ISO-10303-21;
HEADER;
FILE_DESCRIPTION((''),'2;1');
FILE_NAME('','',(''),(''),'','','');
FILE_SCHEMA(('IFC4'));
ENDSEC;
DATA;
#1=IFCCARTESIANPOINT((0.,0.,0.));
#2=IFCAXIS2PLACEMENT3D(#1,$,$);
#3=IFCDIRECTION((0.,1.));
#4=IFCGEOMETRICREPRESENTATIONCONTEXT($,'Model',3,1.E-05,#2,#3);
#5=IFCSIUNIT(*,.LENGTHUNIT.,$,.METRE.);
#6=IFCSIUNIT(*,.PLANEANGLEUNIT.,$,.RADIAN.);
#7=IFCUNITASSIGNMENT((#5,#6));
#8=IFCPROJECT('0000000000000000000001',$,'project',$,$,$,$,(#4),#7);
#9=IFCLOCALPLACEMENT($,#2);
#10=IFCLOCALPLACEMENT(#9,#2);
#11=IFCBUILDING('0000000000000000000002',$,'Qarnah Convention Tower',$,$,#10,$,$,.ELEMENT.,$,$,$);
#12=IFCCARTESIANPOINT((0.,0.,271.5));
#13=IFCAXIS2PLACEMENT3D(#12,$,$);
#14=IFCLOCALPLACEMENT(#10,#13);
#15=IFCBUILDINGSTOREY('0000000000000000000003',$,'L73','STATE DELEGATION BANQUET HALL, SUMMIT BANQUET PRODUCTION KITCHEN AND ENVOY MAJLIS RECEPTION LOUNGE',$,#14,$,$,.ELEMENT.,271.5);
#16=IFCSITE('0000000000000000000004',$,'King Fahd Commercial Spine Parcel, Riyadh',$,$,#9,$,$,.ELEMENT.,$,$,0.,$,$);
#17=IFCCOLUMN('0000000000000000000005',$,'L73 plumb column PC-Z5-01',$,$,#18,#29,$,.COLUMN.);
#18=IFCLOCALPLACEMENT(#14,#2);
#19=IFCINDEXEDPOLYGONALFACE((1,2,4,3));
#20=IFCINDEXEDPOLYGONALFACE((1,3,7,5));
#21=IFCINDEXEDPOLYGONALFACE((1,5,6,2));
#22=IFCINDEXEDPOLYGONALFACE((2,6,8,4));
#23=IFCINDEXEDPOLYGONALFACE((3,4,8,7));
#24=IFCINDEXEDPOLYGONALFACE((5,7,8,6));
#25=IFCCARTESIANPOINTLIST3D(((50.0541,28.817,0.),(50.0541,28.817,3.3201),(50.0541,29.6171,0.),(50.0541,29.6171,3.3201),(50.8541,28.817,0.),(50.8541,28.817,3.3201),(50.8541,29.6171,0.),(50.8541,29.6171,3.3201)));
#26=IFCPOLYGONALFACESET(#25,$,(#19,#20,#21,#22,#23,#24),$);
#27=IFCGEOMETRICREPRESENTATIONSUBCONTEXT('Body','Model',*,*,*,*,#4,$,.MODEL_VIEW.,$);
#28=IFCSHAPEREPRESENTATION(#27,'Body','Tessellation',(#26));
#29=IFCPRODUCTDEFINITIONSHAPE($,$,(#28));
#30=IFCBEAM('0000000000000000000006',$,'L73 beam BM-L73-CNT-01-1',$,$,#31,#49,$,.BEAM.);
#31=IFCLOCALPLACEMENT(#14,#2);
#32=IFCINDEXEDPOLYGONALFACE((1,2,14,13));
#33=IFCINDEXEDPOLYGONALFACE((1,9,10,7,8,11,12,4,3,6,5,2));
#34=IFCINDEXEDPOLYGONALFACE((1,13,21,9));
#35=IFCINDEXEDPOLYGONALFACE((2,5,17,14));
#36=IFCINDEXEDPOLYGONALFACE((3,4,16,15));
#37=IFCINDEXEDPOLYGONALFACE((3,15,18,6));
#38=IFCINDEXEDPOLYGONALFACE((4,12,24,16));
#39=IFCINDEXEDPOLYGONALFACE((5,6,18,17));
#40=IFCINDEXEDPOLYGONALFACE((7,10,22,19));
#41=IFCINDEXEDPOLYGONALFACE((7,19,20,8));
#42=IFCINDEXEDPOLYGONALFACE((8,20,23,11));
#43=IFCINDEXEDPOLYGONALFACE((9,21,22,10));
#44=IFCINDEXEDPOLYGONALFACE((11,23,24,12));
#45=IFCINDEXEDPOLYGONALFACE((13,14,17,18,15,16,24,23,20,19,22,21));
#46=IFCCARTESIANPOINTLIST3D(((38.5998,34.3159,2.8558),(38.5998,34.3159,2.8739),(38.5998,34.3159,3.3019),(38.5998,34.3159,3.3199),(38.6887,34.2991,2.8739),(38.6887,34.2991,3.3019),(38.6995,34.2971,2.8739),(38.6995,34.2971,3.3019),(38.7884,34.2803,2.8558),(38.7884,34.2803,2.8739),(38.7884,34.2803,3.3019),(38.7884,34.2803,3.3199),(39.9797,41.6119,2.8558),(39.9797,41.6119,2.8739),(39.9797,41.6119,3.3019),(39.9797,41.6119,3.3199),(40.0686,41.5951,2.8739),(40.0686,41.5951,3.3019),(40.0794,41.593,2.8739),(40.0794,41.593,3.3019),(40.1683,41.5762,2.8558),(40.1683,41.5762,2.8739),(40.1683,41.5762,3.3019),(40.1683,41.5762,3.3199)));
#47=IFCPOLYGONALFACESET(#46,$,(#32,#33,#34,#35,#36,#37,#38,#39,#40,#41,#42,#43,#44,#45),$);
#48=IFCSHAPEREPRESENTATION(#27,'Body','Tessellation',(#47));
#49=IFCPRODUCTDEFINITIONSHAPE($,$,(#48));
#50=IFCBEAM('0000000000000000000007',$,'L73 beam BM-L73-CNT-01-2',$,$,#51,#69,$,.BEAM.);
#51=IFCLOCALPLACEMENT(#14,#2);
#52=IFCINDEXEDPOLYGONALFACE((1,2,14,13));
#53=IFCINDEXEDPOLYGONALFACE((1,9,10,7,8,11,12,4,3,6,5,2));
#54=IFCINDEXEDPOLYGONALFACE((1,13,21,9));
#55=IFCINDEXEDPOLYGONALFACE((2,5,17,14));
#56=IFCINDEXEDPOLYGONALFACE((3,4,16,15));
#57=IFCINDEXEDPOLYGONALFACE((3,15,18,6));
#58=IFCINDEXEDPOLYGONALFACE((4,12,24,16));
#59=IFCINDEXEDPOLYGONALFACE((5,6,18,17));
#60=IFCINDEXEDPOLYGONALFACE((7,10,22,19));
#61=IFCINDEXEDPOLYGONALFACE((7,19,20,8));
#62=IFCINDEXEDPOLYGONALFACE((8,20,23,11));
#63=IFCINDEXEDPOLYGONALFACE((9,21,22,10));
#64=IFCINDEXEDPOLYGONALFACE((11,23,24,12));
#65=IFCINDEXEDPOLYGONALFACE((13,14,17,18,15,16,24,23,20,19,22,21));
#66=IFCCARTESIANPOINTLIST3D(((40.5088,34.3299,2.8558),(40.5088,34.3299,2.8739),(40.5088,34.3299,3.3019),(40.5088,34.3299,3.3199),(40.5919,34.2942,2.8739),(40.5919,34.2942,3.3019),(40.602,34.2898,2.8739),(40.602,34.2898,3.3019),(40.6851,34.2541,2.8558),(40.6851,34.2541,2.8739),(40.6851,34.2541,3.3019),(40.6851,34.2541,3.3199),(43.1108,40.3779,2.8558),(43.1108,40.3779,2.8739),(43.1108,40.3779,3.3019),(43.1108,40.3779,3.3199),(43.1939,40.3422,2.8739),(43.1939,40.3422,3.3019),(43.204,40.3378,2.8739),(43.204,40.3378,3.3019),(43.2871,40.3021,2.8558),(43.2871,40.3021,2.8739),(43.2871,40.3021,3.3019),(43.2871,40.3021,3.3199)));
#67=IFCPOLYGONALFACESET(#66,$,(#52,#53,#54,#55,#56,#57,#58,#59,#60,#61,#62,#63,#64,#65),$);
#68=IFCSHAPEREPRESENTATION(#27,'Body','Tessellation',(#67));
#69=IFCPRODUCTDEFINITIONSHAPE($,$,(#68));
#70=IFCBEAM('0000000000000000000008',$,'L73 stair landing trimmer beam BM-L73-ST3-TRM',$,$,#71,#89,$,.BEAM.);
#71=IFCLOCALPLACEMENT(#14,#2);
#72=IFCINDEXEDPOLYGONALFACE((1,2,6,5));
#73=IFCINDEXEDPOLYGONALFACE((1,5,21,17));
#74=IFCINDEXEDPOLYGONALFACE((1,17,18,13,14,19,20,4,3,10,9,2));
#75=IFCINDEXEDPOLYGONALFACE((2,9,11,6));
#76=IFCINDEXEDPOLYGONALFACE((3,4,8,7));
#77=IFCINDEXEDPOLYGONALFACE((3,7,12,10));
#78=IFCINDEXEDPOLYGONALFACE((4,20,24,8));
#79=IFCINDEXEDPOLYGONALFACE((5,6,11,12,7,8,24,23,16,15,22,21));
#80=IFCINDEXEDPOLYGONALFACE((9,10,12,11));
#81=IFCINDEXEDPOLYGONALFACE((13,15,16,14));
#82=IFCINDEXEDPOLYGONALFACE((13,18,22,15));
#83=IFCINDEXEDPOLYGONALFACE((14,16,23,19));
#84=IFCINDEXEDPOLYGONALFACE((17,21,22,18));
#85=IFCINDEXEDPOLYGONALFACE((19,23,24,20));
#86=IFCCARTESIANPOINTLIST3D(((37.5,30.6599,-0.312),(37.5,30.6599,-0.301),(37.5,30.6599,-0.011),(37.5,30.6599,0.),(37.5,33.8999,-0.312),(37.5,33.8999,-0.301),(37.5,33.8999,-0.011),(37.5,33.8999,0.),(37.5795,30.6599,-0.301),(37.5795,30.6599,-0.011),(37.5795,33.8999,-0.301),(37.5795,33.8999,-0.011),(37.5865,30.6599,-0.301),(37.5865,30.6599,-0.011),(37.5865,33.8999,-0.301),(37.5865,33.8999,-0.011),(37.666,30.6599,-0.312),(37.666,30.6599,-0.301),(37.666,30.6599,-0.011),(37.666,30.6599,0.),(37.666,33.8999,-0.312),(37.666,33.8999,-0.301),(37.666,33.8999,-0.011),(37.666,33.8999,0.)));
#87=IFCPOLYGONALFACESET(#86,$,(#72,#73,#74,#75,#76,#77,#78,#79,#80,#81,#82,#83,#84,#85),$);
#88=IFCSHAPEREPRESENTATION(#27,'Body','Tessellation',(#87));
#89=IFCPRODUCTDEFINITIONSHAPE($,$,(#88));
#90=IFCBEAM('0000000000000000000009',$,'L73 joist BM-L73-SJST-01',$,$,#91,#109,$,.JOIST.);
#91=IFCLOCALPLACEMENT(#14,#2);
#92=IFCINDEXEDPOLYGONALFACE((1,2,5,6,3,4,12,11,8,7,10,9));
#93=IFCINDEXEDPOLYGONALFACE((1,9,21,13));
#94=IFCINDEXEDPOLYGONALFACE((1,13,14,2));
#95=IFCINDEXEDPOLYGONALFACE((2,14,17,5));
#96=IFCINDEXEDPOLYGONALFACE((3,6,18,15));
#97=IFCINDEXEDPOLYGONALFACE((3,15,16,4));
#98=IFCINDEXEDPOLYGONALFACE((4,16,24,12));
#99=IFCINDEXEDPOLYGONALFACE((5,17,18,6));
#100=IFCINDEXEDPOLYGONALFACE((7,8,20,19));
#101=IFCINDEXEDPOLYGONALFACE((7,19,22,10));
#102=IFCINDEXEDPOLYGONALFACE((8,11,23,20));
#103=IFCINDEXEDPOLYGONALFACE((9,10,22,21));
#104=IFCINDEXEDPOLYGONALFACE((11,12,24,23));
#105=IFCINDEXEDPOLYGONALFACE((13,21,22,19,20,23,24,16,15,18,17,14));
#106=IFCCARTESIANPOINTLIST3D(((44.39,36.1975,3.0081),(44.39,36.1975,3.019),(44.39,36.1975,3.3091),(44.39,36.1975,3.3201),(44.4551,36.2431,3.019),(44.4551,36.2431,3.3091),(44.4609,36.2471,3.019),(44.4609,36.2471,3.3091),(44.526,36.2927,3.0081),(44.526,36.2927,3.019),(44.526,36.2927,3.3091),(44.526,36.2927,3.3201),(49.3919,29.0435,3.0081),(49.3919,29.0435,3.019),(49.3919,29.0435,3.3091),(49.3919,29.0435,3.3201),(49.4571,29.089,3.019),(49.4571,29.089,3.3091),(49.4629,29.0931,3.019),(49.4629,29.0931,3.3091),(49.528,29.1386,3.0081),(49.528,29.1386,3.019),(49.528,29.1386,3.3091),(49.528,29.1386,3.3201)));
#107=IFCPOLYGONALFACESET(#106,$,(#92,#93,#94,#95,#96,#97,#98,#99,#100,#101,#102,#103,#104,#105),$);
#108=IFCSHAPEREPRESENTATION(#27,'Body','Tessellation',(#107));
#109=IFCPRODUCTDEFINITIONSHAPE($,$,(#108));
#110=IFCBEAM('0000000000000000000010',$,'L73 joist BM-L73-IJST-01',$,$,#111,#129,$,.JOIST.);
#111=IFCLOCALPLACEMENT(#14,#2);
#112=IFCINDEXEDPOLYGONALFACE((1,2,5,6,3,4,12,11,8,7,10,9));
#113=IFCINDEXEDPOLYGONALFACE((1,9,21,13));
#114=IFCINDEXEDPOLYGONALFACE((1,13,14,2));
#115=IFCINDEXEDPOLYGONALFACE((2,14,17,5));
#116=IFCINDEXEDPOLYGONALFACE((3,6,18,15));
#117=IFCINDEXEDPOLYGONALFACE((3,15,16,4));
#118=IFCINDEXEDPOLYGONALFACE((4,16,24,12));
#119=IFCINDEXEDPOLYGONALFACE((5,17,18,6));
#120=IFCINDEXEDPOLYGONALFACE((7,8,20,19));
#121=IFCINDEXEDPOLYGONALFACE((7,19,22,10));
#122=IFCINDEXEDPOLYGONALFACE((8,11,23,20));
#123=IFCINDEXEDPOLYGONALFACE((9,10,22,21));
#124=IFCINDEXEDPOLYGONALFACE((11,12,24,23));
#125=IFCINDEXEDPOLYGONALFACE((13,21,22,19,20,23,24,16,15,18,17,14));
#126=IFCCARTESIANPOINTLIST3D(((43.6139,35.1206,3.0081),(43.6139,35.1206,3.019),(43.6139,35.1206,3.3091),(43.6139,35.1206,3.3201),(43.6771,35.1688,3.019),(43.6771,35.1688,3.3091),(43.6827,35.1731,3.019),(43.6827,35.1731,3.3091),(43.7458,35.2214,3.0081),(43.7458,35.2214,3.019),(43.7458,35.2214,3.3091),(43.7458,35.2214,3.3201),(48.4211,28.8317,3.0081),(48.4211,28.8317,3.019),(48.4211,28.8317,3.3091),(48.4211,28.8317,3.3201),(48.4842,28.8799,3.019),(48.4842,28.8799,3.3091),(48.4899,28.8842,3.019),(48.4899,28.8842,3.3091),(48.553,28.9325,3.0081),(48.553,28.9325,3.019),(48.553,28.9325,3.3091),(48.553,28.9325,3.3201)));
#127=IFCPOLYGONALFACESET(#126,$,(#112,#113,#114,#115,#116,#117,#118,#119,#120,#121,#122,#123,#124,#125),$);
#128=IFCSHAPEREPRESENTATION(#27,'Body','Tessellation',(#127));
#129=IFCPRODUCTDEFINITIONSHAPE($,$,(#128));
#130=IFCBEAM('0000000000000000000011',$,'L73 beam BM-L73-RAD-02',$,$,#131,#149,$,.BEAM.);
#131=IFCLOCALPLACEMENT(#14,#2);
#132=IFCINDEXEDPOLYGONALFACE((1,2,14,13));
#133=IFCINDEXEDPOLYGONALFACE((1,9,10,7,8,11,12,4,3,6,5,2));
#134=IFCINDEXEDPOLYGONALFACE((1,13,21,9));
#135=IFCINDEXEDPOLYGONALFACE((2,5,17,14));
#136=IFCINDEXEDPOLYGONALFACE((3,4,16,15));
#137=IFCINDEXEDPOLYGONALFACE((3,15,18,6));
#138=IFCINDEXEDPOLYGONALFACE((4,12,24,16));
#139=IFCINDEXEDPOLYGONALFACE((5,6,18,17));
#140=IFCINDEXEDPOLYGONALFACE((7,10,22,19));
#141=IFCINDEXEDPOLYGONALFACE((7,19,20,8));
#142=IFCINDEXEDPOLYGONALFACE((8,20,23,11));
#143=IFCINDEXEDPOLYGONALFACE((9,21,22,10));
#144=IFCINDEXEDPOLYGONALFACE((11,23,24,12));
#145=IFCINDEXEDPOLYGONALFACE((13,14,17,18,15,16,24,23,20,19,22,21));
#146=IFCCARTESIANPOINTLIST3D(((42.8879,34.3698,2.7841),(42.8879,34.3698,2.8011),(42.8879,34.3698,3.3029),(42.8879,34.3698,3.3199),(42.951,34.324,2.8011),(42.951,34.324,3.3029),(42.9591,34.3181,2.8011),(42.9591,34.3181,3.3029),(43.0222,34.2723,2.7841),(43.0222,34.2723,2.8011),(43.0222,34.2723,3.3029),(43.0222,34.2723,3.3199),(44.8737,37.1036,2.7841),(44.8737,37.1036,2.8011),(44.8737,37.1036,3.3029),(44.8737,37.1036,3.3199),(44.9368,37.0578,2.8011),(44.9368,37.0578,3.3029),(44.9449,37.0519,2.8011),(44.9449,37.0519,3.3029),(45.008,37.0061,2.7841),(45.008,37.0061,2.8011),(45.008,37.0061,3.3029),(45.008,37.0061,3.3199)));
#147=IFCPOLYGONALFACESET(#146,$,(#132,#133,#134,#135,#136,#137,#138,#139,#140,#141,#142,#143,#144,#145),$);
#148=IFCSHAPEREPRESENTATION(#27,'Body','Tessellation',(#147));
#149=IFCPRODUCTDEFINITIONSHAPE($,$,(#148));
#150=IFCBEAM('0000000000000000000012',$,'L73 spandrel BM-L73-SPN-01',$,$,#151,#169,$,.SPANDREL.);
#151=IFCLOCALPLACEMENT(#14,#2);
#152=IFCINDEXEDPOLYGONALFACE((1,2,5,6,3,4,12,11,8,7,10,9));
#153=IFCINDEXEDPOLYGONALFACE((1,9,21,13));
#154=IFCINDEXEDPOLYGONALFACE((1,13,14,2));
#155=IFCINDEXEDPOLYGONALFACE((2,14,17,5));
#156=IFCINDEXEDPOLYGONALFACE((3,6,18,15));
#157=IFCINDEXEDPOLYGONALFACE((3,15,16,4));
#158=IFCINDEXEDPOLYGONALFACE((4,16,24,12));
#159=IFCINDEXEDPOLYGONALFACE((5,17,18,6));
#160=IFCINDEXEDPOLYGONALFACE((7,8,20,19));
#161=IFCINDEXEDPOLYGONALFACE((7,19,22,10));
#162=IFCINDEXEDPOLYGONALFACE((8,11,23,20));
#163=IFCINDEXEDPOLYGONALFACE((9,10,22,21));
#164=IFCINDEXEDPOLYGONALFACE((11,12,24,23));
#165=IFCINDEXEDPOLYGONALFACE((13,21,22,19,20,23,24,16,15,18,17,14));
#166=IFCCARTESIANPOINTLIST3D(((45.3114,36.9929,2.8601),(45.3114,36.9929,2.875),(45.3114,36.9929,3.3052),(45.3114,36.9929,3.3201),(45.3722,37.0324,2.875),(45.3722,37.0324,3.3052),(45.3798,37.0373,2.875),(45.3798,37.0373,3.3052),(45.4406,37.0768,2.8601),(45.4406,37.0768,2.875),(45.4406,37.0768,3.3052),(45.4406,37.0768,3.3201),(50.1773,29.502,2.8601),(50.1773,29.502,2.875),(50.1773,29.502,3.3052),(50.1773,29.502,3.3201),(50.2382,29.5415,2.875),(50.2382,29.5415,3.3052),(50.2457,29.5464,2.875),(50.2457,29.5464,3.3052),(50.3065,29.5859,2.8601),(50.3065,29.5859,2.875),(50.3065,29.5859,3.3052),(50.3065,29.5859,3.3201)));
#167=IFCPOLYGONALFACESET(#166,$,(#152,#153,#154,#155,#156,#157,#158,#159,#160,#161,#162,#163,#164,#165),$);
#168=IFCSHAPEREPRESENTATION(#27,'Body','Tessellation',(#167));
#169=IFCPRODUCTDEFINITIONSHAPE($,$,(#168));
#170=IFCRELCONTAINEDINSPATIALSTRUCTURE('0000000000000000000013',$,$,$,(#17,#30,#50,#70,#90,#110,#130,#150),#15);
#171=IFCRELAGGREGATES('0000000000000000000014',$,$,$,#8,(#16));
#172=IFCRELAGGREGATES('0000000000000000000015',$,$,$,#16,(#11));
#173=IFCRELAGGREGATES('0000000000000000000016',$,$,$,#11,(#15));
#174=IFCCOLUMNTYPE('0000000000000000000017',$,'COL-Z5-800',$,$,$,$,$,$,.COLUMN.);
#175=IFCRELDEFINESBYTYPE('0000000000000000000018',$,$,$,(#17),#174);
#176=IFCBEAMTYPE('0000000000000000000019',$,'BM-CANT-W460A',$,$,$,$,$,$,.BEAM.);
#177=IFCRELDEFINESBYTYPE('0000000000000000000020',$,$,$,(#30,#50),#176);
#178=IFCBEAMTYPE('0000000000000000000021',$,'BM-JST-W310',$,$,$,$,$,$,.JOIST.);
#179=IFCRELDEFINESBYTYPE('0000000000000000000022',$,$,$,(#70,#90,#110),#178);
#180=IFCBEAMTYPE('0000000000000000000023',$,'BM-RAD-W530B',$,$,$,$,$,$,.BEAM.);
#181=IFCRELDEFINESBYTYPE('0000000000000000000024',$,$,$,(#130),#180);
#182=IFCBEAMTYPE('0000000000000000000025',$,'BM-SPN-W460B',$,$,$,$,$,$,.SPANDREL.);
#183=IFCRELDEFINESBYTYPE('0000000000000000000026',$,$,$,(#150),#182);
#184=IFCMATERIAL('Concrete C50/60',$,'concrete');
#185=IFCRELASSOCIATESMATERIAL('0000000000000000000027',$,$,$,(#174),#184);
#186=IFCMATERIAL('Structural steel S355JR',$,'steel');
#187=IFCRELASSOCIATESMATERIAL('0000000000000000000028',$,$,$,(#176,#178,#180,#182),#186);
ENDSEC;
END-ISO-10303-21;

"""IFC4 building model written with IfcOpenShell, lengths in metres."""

from ifc_helpers import new_model, si_unit, direction, frame, origin, origin_2d, place, context, subcontext, project, spatial, rectangle, i_section, extrude, material, material_profile, profile_set, type_object, element, save


model = new_model("IFC4")

# Units and contexts
model_context = context("Model", 3, precision=1e-05, world=origin(), true_north=direction((0.0, 1.0)))
body_context = subcontext(model_context, "Body", "Model", "MODEL_VIEW")
ifc_project = project(units=[si_unit("LENGTHUNIT", "METRE"), si_unit("PLANEANGLEUNIT", "RADIAN")], contexts=[model_context])

# Site, building, storey
site_placement = place(None, origin())
site = spatial("IfcSite", under=ifc_project, at=site_placement, Name="King Fahd Commercial Spine Parcel, Riyadh", CompositionType="ELEMENT", RefElevation=0.0)
building_placement = place(site_placement, origin())
building = spatial("IfcBuilding", under=site, at=building_placement, Name="Qarnah Convention Tower", CompositionType="ELEMENT")
storey_placement = place(building_placement, frame((0.0, 0.0, 271.5)))
storey = spatial("IfcBuildingStorey", under=building, at=storey_placement, Name="L73", Description="STATE DELEGATION BANQUET HALL, SUMMIT BANQUET PRODUCTION KITCHEN AND ENVOY MAJLIS RECEPTION LOUNGE", CompositionType="ELEMENT", Elevation=271.5)

# Column
ifc_material_1 = material(Name="Concrete C50/60", Category="concrete")
ifc_material_profile_1 = material_profile(ifc_material_1, rectangle(XDim=0.8, YDim=0.8, at=origin_2d()), Name="RC-COL-800X800")
ifc_profile_set_1 = profile_set([ifc_material_profile_1], Name="Concrete C50/60")
column_type = type_object("IfcColumnType", Name="COL-Z5-800", PredefinedType="COLUMN", material=ifc_profile_set_1)
column_placement = place(storey_placement, frame((50.4541, 29.217, 0.0), z_axis=(0.0, 0.0, 1.0), x_axis=(1.0, 0.0, 0.0)))
element("IfcColumn", 1, at=column_placement, inside=storey, type_object=column_type, Name="L73 plumb column PC-Z5-01", PredefinedType="COLUMN", context=body_context, shape_type="SweptSolid", body=[
    extrude(rectangle(XDim=0.8, YDim=0.8, at=origin_2d()), origin(), (0.0, 0.0, 1.0), 3.3201),
])

# Beams
ifc_material_2 = material(Name="Structural steel S355JR", Category="steel")
ifc_material_profile_2 = material_profile(ifc_material_2, i_section(OverallWidth=0.1919, OverallDepth=0.4641, WebThickness=0.011, FlangeThickness=0.0181, at=origin_2d()), Name="W460X89")
ifc_profile_set_2 = profile_set([ifc_material_profile_2], Name="Structural steel S355JR")
beam_type_1 = type_object("IfcBeamType", Name="BM-CANT-W460A", PredefinedType="BEAM", material=ifc_profile_set_2)
beam_1_placement = place(storey_placement, frame((38.6941, 34.2981, 3.0879), z_axis=(0.185837, 0.982581, 0.0), x_axis=(-0.982581, 0.185837, 0.0)))
element("IfcBeam", 2, at=beam_1_placement, inside=storey, type_object=beam_type_1, Name="L73 beam BM-L73-CNT-01-1", PredefinedType="BEAM", context=body_context, shape_type="SweptSolid", body=[
    extrude(i_section(OverallWidth=0.1919, OverallDepth=0.4641, WebThickness=0.011, FlangeThickness=0.0181, at=origin_2d()), origin(), (0.0, 0.0, 1.0), 7.4253),
])
beam_2_placement = place(storey_placement, frame((40.5969, 34.292, 3.0879), z_axis=(0.395203, 0.918594, 0.0), x_axis=(-0.918594, 0.395203, 0.0)))
element("IfcBeam", 3, at=beam_2_placement, inside=storey, type_object=beam_type_1, Name="L73 beam BM-L73-CNT-01-2", PredefinedType="BEAM", context=body_context, shape_type="SweptSolid", body=[
    extrude(i_section(OverallWidth=0.1919, OverallDepth=0.4641, WebThickness=0.011, FlangeThickness=0.0181, at=origin_2d()), origin(), (0.0, 0.0, 1.0), 6.584),
])
ifc_material_profile_3 = material_profile(ifc_material_2, i_section(OverallWidth=0.166, OverallDepth=0.312, WebThickness=0.0071, FlangeThickness=0.011, at=origin_2d()), Name="W310X45")
ifc_profile_set_3 = profile_set([ifc_material_profile_3], Name="Structural steel S355JR")
beam_type_2 = type_object("IfcBeamType", Name="BM-JST-W310", PredefinedType="JOIST", material=ifc_profile_set_3)
beam_3_placement = place(storey_placement, frame((37.583, 30.6599, -0.156), z_axis=(0.0, 1.0, 0.0), x_axis=(-1.0, 0.0, 0.0)))
element("IfcBeam", 4, at=beam_3_placement, inside=storey, type_object=beam_type_2, Name="L73 stair landing trimmer beam BM-L73-ST3-TRM", PredefinedType="BEAM", context=body_context, shape_type="SweptSolid", body=[
    extrude(i_section(OverallWidth=0.166, OverallDepth=0.312, WebThickness=0.0071, FlangeThickness=0.011, at=origin_2d()), origin(), (0.0, 0.0, 1.0), 3.24),
])
beam_4_placement = place(storey_placement, frame((49.46, 29.0911, 3.1641), z_axis=(-0.57301, 0.819548, 0.0), x_axis=(-0.819548, -0.57301, 0.0)))
element("IfcBeam", 5, at=beam_4_placement, inside=storey, type_object=beam_type_2, Name="L73 joist BM-L73-SJST-01", PredefinedType="JOIST", context=body_context, shape_type="SweptSolid", body=[
    extrude(i_section(OverallWidth=0.166, OverallDepth=0.312, WebThickness=0.0071, FlangeThickness=0.011, at=origin_2d()), origin(), (0.0, 0.0, 1.0), 8.7292),
])
beam_5_placement = place(storey_placement, frame((48.4871, 28.8821, 3.1641), z_axis=(-0.607293, 0.794478, 0.0), x_axis=(-0.794478, -0.607293, 0.0)))
element("IfcBeam", 6, at=beam_5_placement, inside=storey, type_object=beam_type_2, Name="L73 joist BM-L73-IJST-01", PredefinedType="JOIST", context=body_context, shape_type="SweptSolid", body=[
    extrude(i_section(OverallWidth=0.166, OverallDepth=0.312, WebThickness=0.0071, FlangeThickness=0.011, at=origin_2d()), origin(), (0.0, 0.0, 1.0), 7.9158),
])
ifc_material_profile_4 = material_profile(ifc_material_2, i_section(OverallWidth=0.166, OverallDepth=0.5359, WebThickness=0.01, FlangeThickness=0.0171, at=origin_2d()), Name="W530X85")
ifc_profile_set_4 = profile_set([ifc_material_profile_4], Name="Structural steel S355JR")
beam_type_3 = type_object("IfcBeamType", Name="BM-RAD-W530B", PredefinedType="BEAM", material=ifc_profile_set_4)
beam_6_placement = place(storey_placement, frame((42.9551, 34.321, 3.052), z_axis=(0.587699, 0.80908, 0.0), x_axis=(-0.80908, 0.587699, 0.0)))
element("IfcBeam", 7, at=beam_6_placement, inside=storey, type_object=beam_type_3, Name="L73 beam BM-L73-RAD-02", PredefinedType="BEAM", context=body_context, shape_type="SweptSolid", body=[
    extrude(i_section(OverallWidth=0.166, OverallDepth=0.5359, WebThickness=0.01, FlangeThickness=0.0171, at=origin_2d()), origin(), (0.0, 0.0, 1.0), 3.3789),
])
ifc_material_profile_5 = material_profile(ifc_material_2, i_section(OverallWidth=0.1541, OverallDepth=0.46, WebThickness=0.009, FlangeThickness=0.0149, at=origin_2d()), Name="W460X68")
ifc_profile_set_5 = profile_set([ifc_material_profile_5], Name="Structural steel S355JR")
beam_type_4 = type_object("IfcBeamType", Name="BM-SPN-W460B", PredefinedType="SPANDREL", material=ifc_profile_set_5)
beam_7_placement = place(storey_placement, frame((50.2419, 29.5439, 3.0901), z_axis=(-0.54474, 0.838605, 0.0), x_axis=(-0.838605, -0.54474, 0.0)))
element("IfcBeam", 8, at=beam_7_placement, inside=storey, type_object=beam_type_4, Name="L73 spandrel BM-L73-SPN-01", PredefinedType="SPANDREL", context=body_context, shape_type="SweptSolid", body=[
    extrude(i_section(OverallWidth=0.1541, OverallDepth=0.46, WebThickness=0.009, FlangeThickness=0.0149, at=origin_2d()), origin(), (0.0, 0.0, 1.0), 8.9326),
])

save(model, "model.ifc")
